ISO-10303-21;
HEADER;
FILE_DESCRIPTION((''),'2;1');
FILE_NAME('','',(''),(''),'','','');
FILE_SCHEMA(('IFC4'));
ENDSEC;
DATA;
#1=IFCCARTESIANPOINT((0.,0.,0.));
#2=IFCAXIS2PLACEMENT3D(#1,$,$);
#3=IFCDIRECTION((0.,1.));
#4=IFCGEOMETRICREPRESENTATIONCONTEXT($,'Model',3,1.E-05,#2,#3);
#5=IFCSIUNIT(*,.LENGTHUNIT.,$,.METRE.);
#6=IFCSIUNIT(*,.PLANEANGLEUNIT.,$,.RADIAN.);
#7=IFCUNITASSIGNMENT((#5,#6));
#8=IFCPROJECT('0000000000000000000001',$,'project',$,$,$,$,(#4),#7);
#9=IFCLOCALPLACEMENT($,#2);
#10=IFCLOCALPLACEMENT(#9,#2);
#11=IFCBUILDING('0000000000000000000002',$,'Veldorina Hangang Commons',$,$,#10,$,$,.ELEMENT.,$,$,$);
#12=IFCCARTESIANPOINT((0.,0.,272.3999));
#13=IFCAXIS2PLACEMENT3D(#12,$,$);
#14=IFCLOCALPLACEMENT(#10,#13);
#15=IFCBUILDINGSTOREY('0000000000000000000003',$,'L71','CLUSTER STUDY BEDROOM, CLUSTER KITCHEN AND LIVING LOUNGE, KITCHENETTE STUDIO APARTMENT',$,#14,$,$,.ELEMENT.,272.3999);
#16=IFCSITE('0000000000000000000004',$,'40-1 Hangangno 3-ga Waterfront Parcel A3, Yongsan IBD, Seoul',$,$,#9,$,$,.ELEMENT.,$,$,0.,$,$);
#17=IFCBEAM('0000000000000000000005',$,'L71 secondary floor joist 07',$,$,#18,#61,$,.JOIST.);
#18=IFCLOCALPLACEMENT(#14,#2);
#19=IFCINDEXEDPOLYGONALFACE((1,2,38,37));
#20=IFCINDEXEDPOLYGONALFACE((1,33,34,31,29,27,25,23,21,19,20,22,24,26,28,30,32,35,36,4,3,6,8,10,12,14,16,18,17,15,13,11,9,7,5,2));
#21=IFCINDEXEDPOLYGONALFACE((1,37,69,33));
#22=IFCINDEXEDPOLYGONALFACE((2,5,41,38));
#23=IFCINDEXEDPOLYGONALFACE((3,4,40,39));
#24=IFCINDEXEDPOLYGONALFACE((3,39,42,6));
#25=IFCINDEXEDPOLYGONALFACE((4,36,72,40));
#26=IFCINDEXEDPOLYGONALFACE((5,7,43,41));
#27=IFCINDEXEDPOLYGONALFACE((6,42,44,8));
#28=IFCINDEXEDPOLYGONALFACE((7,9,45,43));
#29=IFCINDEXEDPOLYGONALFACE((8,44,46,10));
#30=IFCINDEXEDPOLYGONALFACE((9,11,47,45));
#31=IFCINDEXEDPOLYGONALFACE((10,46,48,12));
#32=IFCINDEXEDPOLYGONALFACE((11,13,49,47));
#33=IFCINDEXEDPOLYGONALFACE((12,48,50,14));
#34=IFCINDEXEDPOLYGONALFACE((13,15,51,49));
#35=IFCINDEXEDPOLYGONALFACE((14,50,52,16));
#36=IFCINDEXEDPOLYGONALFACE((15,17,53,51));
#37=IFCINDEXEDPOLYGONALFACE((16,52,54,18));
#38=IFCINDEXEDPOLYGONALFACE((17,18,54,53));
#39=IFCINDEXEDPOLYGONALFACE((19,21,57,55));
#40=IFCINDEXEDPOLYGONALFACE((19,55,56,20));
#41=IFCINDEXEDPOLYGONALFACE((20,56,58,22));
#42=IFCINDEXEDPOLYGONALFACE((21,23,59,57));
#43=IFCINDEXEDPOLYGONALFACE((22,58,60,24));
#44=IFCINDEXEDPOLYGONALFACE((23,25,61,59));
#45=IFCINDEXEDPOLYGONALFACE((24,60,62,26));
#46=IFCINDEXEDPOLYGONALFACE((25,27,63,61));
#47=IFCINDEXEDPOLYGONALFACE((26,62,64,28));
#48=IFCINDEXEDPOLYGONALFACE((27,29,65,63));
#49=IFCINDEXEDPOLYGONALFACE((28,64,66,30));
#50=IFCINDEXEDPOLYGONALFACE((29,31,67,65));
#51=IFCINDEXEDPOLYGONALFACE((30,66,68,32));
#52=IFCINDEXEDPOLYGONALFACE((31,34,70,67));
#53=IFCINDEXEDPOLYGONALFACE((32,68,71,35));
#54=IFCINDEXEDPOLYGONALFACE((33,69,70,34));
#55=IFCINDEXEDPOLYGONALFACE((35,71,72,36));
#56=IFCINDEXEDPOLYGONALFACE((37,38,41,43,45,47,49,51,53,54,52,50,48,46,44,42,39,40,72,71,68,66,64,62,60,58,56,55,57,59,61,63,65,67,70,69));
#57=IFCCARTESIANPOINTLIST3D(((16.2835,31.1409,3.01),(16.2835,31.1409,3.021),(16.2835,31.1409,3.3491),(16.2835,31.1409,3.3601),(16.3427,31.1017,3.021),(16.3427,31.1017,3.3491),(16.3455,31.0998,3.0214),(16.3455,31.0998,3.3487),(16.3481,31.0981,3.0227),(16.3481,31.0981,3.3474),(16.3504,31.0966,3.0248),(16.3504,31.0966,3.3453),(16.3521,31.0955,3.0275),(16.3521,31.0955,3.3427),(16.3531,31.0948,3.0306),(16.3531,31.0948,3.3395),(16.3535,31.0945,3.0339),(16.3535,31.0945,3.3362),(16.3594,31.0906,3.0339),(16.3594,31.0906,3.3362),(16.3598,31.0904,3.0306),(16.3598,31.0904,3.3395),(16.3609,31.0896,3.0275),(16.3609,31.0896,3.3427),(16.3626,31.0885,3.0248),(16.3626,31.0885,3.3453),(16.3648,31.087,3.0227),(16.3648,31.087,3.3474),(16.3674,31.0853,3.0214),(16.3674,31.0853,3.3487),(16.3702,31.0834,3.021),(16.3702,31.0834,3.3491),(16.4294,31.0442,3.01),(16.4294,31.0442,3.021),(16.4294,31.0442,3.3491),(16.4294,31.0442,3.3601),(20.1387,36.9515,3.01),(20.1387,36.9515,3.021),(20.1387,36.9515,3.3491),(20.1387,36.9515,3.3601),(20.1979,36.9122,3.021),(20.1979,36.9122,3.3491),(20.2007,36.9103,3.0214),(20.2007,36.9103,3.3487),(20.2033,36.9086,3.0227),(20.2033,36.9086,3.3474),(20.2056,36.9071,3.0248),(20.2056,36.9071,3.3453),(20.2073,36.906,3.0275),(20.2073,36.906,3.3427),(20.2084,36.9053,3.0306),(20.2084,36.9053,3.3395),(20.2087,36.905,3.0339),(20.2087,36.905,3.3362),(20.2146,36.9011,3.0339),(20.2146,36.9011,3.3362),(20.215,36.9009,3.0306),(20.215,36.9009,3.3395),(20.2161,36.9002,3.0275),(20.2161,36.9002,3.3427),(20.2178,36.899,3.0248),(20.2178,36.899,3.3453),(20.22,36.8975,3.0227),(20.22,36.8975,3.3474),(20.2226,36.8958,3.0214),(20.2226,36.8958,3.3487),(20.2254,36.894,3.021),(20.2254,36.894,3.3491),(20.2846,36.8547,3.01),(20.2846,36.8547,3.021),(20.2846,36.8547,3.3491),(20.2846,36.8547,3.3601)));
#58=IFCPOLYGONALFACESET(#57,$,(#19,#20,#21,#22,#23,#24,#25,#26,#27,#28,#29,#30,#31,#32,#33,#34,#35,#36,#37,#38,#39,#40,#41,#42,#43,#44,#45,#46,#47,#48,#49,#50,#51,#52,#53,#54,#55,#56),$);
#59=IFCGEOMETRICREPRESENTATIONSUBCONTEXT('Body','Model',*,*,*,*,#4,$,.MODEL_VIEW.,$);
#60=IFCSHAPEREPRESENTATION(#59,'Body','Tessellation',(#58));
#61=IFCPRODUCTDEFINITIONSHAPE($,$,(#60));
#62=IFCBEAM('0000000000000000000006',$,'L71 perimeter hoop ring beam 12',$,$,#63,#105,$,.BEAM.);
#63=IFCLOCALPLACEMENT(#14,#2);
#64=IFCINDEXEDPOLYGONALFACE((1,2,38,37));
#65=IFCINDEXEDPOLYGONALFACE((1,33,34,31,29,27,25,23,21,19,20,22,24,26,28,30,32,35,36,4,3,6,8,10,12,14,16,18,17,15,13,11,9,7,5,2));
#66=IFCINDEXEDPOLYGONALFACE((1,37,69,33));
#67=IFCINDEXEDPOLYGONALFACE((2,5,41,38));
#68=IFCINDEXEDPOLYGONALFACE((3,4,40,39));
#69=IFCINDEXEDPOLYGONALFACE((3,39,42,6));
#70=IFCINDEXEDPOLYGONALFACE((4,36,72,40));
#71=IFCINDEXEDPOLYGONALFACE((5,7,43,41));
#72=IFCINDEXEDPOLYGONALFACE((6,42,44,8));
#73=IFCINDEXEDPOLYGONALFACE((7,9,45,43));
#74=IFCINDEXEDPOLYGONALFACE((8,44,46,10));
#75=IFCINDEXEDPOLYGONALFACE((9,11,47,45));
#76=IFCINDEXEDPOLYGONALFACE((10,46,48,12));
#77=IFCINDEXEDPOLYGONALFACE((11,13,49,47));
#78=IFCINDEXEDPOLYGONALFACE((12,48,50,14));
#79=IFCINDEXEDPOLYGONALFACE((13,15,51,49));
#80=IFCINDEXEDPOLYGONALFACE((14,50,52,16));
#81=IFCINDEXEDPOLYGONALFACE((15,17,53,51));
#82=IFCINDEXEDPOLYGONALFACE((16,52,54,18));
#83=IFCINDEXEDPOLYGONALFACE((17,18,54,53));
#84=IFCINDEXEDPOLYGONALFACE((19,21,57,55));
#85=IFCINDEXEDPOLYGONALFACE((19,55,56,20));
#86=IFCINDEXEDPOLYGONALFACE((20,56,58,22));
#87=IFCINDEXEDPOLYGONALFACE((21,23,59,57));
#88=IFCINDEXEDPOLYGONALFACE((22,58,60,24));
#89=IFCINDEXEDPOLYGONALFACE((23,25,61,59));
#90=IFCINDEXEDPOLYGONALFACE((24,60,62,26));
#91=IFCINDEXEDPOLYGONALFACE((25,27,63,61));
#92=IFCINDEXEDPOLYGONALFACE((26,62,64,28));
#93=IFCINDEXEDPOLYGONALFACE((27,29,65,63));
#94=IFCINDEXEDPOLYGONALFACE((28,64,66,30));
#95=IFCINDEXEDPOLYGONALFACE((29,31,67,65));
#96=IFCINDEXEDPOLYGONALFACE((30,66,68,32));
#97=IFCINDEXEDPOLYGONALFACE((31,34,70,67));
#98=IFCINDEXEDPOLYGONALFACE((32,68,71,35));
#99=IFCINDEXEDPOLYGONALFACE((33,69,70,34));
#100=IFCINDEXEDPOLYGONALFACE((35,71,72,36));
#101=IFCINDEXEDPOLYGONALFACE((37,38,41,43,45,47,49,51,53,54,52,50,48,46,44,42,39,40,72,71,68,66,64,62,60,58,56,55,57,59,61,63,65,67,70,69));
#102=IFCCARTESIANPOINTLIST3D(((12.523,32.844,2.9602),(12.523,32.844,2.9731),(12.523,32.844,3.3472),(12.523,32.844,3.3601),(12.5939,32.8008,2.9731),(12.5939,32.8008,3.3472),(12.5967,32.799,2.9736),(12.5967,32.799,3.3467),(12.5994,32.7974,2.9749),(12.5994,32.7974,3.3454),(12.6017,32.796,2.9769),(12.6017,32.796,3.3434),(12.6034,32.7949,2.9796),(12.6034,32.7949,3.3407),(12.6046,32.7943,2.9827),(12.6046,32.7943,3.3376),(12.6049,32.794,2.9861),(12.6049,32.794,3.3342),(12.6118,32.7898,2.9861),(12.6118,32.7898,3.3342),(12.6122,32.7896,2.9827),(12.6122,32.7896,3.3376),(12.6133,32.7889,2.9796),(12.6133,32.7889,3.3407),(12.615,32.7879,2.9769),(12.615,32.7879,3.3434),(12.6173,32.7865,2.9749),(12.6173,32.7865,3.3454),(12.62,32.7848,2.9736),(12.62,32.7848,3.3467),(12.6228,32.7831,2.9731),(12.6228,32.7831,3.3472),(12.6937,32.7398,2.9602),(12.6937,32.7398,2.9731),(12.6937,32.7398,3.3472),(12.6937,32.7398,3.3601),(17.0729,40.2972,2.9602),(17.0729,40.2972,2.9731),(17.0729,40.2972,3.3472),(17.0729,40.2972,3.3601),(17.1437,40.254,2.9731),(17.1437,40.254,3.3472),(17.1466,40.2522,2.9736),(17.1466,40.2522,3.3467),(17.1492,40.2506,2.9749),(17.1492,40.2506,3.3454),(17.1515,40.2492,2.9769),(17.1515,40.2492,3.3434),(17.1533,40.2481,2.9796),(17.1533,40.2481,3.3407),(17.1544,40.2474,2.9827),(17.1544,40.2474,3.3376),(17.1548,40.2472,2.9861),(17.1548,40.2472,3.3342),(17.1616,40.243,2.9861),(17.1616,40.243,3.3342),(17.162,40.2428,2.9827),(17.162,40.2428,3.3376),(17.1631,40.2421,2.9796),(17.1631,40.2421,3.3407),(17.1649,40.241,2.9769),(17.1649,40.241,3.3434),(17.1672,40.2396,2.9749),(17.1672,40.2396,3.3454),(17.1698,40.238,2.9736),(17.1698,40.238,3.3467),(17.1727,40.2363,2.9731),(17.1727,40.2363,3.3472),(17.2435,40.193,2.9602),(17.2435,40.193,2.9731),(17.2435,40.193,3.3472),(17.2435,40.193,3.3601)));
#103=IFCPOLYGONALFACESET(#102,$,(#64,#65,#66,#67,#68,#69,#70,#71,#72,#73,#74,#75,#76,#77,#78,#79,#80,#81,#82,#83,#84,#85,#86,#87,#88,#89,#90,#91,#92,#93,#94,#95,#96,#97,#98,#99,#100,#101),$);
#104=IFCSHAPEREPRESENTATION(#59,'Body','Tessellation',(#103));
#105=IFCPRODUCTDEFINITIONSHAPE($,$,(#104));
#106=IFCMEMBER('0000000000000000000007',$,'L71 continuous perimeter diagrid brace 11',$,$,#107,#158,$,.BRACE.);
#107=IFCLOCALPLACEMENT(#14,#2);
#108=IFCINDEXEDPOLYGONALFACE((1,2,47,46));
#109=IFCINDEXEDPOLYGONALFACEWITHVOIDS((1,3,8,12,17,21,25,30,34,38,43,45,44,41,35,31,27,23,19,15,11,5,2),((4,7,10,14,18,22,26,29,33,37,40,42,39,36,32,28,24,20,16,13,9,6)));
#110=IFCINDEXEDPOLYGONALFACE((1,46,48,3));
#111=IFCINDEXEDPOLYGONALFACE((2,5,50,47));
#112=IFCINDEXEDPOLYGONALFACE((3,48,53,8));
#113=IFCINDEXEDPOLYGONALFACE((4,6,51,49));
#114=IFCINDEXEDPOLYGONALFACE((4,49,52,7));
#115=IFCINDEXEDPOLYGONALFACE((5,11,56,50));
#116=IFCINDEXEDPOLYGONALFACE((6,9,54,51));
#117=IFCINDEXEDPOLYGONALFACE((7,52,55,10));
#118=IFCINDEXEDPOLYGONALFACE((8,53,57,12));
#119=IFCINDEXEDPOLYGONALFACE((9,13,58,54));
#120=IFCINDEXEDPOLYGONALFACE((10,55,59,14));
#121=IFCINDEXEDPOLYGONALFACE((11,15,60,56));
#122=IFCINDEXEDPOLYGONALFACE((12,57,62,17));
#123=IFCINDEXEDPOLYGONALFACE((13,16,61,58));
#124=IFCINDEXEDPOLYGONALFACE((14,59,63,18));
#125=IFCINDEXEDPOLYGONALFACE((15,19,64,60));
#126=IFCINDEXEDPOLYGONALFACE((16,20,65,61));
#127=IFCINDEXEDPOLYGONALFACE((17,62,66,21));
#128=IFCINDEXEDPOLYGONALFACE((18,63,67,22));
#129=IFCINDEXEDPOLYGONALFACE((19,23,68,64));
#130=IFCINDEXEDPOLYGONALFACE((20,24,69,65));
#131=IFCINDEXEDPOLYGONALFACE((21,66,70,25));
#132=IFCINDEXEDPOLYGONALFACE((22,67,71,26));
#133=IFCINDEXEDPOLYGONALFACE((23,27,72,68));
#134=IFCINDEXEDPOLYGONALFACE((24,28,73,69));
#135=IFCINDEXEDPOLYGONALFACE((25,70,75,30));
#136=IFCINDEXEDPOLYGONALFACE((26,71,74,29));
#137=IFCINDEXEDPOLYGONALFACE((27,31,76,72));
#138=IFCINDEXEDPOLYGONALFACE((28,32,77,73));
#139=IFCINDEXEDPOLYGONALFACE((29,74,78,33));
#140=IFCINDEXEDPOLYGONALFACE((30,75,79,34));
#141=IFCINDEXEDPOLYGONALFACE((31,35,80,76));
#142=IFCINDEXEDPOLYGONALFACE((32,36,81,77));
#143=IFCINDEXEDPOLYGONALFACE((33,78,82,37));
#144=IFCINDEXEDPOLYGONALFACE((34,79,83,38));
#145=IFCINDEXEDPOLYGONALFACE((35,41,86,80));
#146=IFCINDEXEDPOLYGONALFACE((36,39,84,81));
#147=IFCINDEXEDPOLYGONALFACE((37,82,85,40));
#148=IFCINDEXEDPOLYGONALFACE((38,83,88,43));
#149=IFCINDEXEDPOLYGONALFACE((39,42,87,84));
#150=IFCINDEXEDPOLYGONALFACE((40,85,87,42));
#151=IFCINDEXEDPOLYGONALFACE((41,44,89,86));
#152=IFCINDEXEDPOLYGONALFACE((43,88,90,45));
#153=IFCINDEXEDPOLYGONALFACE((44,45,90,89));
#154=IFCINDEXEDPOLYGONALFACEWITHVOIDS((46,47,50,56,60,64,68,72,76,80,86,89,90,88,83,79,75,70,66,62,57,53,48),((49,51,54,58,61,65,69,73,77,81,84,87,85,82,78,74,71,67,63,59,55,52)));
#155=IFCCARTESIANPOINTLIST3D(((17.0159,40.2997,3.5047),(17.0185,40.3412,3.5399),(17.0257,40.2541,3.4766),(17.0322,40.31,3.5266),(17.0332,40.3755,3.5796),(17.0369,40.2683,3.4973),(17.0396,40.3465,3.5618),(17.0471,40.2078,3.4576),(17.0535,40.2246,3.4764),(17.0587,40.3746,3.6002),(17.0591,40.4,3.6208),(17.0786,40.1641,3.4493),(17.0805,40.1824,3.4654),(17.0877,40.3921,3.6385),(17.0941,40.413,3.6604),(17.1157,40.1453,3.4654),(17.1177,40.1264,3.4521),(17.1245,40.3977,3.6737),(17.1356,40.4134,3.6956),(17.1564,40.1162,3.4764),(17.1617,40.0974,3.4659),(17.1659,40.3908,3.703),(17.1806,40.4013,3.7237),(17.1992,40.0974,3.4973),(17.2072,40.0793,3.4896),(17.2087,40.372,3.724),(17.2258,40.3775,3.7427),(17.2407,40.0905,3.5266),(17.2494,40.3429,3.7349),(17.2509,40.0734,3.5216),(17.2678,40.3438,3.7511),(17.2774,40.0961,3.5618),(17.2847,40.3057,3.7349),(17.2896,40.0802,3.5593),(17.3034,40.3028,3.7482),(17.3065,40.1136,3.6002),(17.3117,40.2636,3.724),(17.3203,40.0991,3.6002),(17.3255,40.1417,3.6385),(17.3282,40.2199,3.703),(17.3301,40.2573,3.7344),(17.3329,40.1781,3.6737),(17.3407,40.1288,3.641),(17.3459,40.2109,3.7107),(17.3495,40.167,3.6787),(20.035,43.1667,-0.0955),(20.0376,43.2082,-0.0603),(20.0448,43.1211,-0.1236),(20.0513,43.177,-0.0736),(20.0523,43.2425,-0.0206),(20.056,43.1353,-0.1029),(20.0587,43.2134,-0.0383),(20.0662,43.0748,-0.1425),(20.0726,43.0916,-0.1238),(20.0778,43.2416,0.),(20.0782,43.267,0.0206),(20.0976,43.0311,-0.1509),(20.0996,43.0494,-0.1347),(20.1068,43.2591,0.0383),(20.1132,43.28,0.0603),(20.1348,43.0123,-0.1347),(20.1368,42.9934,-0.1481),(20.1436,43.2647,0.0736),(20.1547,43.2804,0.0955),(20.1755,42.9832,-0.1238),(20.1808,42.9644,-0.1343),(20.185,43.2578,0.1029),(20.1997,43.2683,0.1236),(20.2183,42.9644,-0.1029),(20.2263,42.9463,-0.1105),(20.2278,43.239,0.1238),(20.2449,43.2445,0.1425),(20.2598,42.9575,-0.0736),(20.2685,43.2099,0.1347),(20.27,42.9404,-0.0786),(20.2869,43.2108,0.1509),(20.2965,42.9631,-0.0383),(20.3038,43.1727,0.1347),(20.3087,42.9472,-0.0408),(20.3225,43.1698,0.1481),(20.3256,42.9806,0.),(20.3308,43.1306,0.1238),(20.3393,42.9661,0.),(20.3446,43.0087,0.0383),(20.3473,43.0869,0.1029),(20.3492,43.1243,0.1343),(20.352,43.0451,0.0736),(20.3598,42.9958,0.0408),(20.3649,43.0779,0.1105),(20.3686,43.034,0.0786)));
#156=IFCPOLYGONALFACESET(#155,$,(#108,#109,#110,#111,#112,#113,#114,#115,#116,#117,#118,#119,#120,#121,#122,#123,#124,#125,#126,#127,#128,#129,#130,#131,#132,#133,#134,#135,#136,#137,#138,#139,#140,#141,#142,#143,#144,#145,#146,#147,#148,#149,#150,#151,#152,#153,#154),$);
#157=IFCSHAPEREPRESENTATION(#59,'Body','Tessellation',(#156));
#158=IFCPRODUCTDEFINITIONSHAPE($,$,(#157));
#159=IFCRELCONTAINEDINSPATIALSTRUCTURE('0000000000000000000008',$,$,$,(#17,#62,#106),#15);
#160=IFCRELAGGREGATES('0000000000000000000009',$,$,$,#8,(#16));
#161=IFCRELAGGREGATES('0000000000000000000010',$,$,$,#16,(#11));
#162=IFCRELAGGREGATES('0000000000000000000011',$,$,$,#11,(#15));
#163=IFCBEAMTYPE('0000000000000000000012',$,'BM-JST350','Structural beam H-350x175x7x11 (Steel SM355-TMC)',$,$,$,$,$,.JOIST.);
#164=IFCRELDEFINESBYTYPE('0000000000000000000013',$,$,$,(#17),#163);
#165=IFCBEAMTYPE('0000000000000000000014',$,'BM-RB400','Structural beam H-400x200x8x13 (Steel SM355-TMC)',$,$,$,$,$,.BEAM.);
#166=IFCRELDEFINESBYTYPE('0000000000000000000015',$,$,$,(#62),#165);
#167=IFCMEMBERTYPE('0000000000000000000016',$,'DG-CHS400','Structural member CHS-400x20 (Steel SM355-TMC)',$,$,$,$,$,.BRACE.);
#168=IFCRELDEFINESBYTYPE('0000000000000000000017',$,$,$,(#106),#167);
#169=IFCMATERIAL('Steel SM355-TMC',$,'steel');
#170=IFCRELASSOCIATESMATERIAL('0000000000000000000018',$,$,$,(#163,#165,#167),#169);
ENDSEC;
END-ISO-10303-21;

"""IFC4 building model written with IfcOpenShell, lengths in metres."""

from ifc_helpers import new_model, si_unit, direction, frame, origin, origin_2d, place, context, subcontext, project, spatial, hollow_circle, i_section, extrude, material, material_profile, profile_set, type_object, element, save


model = new_model("IFC4")

# Units and contexts
model_context = context("Model", 3, precision=1e-05, world=origin(), true_north=direction((0.0, 1.0)))
body_context = subcontext(model_context, "Body", "Model", "MODEL_VIEW")
ifc_project = project(units=[si_unit("LENGTHUNIT", "METRE"), si_unit("PLANEANGLEUNIT", "RADIAN")], contexts=[model_context])

# Site, building, storey
site_placement = place(None, origin())
site = spatial("IfcSite", under=ifc_project, at=site_placement, Name="40-1 Hangangno 3-ga Waterfront Parcel A3, Yongsan IBD, Seoul", CompositionType="ELEMENT", RefElevation=0.0)
building_placement = place(site_placement, origin())
building = spatial("IfcBuilding", under=site, at=building_placement, Name="Veldorina Hangang Commons", CompositionType="ELEMENT")
storey_placement = place(building_placement, frame((0.0, 0.0, 272.3999)))
storey = spatial("IfcBuildingStorey", under=building, at=storey_placement, Name="L71", Description="CLUSTER STUDY BEDROOM, CLUSTER KITCHEN AND LIVING LOUNGE, KITCHENETTE STUDIO APARTMENT", CompositionType="ELEMENT", Elevation=272.3999)

# Beams
ifc_material_1 = material(Name="Steel SM355-TMC", Category="steel")
ifc_material_profile_1 = material_profile(ifc_material_1, i_section(OverallWidth=0.175, OverallDepth=0.3501, WebThickness=0.0071, FlangeThickness=0.011, FilletRadius=0.0129, at=origin_2d()), Name="H-350x175x7x11")
ifc_profile_set_1 = profile_set([ifc_material_profile_1], Name="Steel SM355-TMC")
beam_type_1 = type_object("IfcBeamType", Name="BM-JST350", Description="Structural beam H-350x175x7x11 (Steel SM355-TMC)", PredefinedType="JOIST", material=ifc_profile_set_1)
beam_1_placement = place(storey_placement, frame((20.2117, 36.9031, 3.1851), z_axis=(-0.552865, -0.833271, 0.0), x_axis=(0.833271, -0.552865, 0.0)))
element("IfcBeam", 1, at=beam_1_placement, inside=storey, type_object=beam_type_1, Name="L71 secondary floor joist 07", PredefinedType="JOIST", context=body_context, shape_type="SweptSolid", body=[
    extrude(i_section(OverallWidth=0.175, OverallDepth=0.3501, WebThickness=0.0071, FlangeThickness=0.011, FilletRadius=0.0129, at=origin_2d()), origin(), (0.0, 0.0, 1.0), 6.9731),
])
ifc_material_profile_2 = material_profile(ifc_material_1, i_section(OverallWidth=0.2, OverallDepth=0.3999, WebThickness=0.0081, FlangeThickness=0.0129, FilletRadius=0.0129, at=origin_2d()), Name="H-400x200x8x13")
ifc_profile_set_2 = profile_set([ifc_material_profile_2], Name="Steel SM355-TMC")
beam_type_2 = type_object("IfcBeamType", Name="BM-RB400", Description="Structural beam H-400x200x8x13 (Steel SM355-TMC)", PredefinedType="BEAM", material=ifc_profile_set_2)
beam_2_placement = place(storey_placement, frame((17.1582, 40.2451, 3.1602), z_axis=(-0.521043, -0.853531, 0.0), x_axis=(0.853531, -0.521043, 0.0)))
element("IfcBeam", 2, at=beam_2_placement, inside=storey, type_object=beam_type_2, Name="L71 perimeter hoop ring beam 12", PredefinedType="BEAM", context=body_context, shape_type="SweptSolid", body=[
    extrude(i_section(OverallWidth=0.2, OverallDepth=0.3999, WebThickness=0.0081, FlangeThickness=0.0129, FilletRadius=0.0129, at=origin_2d()), origin(), (0.0, 0.0, 1.0), 8.7322),
])

# Member
ifc_material_profile_3 = material_profile(ifc_material_1, hollow_circle(Radius=0.2, WallThickness=0.02, at=origin_2d()), Name="CHS-400x20")
ifc_profile_set_3 = profile_set([ifc_material_profile_3], Name="Steel SM355-TMC")
member_type_1 = type_object("IfcMemberType", Name="DG-CHS400", Description="Structural member CHS-400x20 (Steel SM355-TMC)", PredefinedType="BRACE", material=ifc_profile_set_3)
member_1_placement = place(storey_placement, frame((20.2017, 43.1111, 0.0), z_axis=(-0.548512, -0.520878, 0.65408), x_axis=(0.688605, -0.725137, 0.0)))
element("IfcMember", 3, at=member_1_placement, inside=storey, type_object=member_type_1, Name="L71 continuous perimeter diagrid brace 11", PredefinedType="BRACE", context=body_context, shape_type="SweptSolid", body=[
    extrude(hollow_circle(Radius=0.2, WallThickness=0.02, at=origin_2d()), origin(), (0.0, 0.0, 1.0), 5.5042),
])

save(model, "model.ifc")
